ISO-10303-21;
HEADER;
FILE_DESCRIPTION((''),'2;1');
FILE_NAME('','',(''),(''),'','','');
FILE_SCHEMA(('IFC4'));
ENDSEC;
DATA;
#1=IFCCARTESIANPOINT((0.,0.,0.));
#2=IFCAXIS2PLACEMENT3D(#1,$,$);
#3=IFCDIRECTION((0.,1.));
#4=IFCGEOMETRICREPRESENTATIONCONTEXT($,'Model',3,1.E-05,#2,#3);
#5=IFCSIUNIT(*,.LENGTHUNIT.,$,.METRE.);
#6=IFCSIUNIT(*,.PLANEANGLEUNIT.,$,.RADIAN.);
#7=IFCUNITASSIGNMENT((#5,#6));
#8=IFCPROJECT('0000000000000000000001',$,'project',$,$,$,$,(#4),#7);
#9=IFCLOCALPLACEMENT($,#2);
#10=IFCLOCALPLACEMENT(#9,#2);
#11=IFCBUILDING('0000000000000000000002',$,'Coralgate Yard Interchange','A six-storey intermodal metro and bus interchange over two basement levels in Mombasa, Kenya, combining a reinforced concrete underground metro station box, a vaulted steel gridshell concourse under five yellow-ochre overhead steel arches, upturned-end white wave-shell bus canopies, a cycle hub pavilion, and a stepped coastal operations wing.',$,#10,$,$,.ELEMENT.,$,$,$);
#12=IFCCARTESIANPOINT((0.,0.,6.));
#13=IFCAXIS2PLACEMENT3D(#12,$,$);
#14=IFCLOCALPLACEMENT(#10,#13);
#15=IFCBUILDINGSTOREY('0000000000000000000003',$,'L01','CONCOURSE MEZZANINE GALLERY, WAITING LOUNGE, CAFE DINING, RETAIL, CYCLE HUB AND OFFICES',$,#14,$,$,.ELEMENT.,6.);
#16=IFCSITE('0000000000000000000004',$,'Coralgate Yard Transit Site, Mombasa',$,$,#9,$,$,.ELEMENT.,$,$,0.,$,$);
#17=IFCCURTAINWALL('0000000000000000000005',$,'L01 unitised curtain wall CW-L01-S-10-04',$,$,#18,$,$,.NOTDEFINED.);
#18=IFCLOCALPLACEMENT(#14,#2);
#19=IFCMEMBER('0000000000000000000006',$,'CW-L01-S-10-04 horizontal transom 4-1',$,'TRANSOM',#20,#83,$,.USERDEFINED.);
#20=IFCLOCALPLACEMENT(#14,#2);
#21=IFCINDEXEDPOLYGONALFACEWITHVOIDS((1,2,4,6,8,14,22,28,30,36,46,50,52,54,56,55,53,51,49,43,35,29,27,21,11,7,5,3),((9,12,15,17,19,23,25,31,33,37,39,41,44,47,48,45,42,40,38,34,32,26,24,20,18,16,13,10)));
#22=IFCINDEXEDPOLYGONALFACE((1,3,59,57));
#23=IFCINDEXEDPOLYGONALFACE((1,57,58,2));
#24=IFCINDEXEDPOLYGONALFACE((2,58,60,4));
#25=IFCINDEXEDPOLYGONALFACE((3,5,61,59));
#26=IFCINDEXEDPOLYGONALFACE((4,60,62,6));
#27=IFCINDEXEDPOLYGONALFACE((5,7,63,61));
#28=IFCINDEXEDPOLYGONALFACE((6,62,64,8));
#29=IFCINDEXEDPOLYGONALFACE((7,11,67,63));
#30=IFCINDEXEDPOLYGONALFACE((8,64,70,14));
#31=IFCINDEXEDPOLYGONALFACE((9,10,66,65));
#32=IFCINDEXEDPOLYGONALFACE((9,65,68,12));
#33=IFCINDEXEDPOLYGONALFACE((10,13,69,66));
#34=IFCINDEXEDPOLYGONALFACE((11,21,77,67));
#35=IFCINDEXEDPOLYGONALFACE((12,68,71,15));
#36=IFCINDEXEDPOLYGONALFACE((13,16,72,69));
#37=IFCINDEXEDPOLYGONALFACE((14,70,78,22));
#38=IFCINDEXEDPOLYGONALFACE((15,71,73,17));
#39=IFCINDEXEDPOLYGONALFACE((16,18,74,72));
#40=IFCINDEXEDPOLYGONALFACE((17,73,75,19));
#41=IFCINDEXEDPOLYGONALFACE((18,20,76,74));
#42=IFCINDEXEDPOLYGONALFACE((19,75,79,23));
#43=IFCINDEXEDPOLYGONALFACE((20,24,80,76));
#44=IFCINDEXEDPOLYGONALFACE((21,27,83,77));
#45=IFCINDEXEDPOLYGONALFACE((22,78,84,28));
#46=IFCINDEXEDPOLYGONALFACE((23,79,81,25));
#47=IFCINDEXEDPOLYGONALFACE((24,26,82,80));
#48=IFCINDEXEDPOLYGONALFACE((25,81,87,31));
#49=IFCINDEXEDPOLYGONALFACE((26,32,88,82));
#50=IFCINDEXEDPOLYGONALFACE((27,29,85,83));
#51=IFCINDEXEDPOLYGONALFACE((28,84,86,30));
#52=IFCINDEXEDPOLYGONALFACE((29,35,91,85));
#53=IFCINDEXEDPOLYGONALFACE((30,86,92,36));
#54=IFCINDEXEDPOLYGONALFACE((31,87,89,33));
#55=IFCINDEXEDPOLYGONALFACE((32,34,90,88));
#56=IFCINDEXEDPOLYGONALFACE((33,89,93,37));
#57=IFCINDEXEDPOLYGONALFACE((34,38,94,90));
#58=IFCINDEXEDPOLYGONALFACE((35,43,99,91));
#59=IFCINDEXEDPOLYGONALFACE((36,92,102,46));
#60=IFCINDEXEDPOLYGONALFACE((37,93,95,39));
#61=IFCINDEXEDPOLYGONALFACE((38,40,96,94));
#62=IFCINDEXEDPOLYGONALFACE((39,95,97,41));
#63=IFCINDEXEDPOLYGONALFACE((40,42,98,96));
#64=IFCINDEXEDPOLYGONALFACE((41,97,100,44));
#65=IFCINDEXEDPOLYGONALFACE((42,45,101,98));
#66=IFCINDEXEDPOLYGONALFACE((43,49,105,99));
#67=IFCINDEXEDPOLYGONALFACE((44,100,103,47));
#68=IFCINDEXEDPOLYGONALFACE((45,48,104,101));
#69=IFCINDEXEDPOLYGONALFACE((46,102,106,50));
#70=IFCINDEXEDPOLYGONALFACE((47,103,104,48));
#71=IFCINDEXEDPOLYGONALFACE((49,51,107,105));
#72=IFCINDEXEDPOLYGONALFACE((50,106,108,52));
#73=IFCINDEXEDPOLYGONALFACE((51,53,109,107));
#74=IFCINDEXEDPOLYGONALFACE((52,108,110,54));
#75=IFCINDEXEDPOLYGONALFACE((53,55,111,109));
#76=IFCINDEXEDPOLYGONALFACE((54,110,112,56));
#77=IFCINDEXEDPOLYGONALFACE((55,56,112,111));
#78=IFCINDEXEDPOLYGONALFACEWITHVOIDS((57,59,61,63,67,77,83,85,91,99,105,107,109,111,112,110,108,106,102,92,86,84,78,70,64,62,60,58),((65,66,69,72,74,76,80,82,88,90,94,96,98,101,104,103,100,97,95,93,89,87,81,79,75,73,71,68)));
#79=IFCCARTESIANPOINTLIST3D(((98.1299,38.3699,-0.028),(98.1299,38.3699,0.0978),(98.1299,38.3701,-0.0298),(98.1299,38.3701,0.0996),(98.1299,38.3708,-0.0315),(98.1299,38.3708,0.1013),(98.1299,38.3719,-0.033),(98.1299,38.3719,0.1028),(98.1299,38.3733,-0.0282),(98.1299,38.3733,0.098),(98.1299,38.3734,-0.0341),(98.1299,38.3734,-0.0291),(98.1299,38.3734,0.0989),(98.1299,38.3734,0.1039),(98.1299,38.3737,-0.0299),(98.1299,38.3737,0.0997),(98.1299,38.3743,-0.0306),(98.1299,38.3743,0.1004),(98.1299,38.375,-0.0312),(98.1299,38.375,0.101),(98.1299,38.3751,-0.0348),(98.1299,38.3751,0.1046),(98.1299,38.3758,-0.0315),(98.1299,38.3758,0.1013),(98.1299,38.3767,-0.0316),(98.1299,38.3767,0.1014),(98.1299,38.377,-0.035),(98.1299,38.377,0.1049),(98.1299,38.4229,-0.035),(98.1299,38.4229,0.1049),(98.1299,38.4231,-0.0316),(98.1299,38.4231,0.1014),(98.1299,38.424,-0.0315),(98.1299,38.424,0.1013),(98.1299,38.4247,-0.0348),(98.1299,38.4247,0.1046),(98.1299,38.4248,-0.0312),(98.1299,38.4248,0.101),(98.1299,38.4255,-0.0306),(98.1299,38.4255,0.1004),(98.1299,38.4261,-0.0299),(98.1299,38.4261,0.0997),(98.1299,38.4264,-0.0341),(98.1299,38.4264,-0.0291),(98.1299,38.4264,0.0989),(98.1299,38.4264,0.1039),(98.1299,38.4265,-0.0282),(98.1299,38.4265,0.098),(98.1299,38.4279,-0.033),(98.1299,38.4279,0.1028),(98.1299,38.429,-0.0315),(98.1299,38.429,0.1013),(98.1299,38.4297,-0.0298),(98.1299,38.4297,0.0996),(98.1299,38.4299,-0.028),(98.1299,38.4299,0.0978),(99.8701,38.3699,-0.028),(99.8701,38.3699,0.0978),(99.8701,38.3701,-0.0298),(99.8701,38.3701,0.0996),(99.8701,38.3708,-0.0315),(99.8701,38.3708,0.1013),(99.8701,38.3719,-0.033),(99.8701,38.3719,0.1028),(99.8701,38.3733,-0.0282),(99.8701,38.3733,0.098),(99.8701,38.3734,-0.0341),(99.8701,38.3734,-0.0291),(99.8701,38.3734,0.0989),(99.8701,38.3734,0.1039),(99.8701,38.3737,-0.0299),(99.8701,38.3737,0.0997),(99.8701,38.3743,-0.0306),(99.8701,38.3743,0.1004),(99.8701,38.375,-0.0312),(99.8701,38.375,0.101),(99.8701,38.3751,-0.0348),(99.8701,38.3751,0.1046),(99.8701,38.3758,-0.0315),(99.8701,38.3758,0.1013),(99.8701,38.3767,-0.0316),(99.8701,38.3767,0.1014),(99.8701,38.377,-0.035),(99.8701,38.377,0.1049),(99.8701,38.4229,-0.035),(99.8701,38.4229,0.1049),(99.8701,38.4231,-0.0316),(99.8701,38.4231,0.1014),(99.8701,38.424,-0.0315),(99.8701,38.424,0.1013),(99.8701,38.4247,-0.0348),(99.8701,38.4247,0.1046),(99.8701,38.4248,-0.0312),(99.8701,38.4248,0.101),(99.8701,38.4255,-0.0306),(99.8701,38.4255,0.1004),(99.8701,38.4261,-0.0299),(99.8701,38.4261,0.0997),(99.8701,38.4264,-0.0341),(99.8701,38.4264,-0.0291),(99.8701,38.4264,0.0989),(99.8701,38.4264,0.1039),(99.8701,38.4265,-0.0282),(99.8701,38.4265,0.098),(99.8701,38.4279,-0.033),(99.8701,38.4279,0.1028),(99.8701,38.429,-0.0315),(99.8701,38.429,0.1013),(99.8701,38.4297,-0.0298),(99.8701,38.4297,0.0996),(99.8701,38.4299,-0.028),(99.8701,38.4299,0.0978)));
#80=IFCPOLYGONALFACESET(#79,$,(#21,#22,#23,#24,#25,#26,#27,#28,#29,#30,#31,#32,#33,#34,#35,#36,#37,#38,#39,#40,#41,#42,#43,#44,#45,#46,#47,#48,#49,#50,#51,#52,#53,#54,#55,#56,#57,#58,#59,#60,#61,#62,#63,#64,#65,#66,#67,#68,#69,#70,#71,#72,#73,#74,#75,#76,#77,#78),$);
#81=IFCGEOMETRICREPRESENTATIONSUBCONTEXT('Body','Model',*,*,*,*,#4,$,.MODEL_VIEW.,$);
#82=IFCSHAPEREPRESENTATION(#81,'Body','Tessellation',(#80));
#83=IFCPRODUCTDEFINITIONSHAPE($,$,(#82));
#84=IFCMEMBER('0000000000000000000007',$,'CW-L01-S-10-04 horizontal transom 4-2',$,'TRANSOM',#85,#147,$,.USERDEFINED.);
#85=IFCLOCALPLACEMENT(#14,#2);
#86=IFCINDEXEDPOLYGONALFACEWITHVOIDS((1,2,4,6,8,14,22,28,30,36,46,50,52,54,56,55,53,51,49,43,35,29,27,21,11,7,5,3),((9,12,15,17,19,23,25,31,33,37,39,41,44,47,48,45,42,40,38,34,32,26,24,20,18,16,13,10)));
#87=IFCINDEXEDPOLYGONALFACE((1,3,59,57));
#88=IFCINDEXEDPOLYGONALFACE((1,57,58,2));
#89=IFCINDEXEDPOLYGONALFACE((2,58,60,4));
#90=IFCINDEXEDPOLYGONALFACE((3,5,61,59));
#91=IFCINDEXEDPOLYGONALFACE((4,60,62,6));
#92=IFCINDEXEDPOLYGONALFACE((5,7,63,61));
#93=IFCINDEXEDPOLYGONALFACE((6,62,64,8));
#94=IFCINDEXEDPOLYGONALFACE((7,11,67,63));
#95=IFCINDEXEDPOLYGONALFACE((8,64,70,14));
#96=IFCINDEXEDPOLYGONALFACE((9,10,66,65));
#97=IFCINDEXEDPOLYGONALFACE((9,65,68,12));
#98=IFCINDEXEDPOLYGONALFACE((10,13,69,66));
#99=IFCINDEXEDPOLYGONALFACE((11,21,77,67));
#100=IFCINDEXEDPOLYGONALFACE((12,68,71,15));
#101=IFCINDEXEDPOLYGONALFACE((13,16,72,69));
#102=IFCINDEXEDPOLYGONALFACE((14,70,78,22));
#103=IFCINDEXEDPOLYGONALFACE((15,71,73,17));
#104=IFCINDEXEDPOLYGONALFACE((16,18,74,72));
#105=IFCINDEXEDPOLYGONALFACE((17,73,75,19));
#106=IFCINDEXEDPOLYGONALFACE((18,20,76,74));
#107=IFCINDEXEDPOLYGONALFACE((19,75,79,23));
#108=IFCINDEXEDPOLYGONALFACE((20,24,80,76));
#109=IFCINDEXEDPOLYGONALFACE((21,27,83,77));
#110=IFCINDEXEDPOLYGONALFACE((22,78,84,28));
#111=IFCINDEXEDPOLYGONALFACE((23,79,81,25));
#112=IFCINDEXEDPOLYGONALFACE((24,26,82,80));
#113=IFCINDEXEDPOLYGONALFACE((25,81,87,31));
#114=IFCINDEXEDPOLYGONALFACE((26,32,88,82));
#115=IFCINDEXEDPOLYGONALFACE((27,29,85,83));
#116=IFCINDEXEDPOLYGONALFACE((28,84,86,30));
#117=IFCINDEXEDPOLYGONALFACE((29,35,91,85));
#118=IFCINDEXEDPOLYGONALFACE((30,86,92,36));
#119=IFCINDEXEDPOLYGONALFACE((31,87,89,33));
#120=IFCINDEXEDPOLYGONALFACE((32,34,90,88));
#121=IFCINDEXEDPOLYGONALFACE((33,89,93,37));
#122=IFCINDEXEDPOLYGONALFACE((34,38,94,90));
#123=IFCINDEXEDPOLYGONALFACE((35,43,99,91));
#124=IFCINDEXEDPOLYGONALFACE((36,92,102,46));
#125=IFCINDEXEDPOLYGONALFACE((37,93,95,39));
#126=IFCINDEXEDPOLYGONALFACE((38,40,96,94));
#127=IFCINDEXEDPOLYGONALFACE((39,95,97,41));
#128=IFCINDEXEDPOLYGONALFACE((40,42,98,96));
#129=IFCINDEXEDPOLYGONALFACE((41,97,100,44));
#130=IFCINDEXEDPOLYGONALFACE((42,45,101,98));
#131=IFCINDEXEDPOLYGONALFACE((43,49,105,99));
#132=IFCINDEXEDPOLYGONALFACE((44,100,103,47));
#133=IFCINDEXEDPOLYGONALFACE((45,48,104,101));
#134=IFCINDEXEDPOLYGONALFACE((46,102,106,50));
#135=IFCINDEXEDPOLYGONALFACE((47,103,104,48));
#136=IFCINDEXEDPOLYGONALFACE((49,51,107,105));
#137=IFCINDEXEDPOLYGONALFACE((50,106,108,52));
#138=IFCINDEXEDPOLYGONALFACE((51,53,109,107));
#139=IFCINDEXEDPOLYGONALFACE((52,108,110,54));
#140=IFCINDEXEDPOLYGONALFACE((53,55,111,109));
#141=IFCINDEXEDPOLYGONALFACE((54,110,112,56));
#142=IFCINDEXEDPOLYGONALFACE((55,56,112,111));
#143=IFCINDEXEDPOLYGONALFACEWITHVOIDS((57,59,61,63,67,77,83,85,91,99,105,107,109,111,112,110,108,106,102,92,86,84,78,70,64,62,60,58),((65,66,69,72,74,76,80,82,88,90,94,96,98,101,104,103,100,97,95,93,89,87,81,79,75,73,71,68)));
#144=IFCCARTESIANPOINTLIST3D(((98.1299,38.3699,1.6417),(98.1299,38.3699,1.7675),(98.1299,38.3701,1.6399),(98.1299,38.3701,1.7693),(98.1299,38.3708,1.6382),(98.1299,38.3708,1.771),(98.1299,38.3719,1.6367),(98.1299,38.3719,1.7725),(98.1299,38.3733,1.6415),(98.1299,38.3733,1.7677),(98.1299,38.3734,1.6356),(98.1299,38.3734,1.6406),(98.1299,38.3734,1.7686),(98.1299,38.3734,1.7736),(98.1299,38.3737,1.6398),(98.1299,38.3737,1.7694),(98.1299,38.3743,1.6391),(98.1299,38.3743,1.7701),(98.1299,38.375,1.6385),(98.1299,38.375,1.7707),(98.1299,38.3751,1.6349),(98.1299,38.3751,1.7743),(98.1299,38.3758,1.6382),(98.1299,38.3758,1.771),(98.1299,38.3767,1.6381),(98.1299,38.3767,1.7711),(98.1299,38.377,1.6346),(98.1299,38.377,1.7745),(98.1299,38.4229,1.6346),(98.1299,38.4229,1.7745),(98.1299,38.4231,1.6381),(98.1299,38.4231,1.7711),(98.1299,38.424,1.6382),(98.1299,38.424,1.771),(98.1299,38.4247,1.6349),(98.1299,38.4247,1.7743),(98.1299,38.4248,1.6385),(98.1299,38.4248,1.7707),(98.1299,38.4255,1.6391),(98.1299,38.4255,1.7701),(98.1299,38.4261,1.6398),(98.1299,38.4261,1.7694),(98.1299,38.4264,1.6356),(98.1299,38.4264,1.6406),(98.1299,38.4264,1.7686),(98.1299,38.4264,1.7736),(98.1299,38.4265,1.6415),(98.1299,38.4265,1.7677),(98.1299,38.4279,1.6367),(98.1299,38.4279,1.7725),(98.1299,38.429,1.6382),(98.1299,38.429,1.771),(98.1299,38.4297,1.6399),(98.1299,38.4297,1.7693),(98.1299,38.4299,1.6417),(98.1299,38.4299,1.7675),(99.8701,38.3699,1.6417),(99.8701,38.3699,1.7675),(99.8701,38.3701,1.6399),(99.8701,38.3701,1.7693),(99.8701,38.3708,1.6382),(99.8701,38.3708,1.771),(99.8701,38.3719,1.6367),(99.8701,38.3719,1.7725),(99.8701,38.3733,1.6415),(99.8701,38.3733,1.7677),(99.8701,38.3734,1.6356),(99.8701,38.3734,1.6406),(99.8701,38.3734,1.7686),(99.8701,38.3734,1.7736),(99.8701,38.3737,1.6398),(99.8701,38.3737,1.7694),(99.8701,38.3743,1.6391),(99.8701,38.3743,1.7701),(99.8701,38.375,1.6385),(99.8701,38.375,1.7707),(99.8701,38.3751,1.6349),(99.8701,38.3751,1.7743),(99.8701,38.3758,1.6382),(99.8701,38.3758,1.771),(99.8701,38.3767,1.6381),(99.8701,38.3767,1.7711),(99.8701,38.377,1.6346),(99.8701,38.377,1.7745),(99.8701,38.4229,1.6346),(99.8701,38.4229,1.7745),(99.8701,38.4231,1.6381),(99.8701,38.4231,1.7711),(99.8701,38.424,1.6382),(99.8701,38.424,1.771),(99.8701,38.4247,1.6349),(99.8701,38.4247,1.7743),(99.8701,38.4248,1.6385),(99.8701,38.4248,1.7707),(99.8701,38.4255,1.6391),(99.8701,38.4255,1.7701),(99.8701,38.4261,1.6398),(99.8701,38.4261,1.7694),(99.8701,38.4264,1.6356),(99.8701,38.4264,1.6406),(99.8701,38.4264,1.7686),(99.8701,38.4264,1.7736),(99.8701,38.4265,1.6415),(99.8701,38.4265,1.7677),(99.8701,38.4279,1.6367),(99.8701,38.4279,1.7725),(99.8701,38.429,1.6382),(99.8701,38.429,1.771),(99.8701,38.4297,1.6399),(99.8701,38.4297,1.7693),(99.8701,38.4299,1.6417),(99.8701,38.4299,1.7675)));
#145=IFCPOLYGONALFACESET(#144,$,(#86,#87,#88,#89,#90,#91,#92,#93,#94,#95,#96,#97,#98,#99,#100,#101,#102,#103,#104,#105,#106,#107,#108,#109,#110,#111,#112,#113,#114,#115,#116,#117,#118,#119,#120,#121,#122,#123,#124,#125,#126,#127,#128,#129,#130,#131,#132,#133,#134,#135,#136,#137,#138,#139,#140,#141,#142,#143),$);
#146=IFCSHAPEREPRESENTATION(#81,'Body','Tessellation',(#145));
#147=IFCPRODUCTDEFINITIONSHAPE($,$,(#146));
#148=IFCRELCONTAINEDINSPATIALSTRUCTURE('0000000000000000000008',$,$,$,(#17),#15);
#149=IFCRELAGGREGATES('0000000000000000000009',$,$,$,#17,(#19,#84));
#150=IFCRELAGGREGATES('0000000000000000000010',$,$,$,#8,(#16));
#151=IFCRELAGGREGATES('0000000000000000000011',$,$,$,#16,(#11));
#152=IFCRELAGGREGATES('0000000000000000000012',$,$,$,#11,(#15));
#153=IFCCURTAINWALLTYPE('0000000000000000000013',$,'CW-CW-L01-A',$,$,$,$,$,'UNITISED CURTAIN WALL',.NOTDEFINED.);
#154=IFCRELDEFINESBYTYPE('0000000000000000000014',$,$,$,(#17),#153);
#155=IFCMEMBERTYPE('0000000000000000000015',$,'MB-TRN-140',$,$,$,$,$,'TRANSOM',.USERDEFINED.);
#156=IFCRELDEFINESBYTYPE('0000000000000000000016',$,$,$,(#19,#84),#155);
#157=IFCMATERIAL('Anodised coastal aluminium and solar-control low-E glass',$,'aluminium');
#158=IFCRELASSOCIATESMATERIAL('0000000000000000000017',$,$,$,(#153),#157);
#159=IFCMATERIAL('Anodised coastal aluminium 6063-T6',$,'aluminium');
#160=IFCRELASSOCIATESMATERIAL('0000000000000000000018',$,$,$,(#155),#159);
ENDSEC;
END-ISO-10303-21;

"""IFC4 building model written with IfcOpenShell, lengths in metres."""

from ifc_helpers import new_model, si_unit, direction, frame, origin, origin_2d, place, context, subcontext, project, spatial, hollow_rectangle, extrude, material, material_profile, profile_set, type_object, element, aggregate, save


model = new_model("IFC4")

# Units and contexts
model_context = context("Model", 3, precision=1e-05, world=origin(), true_north=direction((0.0, 1.0)))
body_context = subcontext(model_context, "Body", "Model", "MODEL_VIEW")
ifc_project = project(units=[si_unit("LENGTHUNIT", "METRE"), si_unit("PLANEANGLEUNIT", "RADIAN")], contexts=[model_context])

# Site, building, storey
site_placement = place(None, origin())
site = spatial("IfcSite", under=ifc_project, at=site_placement, Name="Coralgate Yard Transit Site, Mombasa", CompositionType="ELEMENT", RefElevation=0.0)
building_placement = place(site_placement, origin())
building = spatial("IfcBuilding", under=site, at=building_placement, Name="Coralgate Yard Interchange", Description="A six-storey intermodal metro and bus interchange over two basement levels in Mombasa, Kenya, combining a reinforced concrete underground metro station box, a vaulted steel gridshell concourse under five yellow-ochre overhead steel arches, upturned-end white wave-shell bus canopies, a cycle hub pavilion, and a stepped coastal operations wing.", CompositionType="ELEMENT")
storey_placement = place(building_placement, frame((0.0, 0.0, 6.0)))
storey = spatial("IfcBuildingStorey", under=building, at=storey_placement, Name="L01", Description="CONCOURSE MEZZANINE GALLERY, WAITING LOUNGE, CAFE DINING, RETAIL, CYCLE HUB AND OFFICES", CompositionType="ELEMENT", Elevation=6.0)

# Curtain wall
ifc_material_1 = material(Name="Anodised coastal aluminium and solar-control low-E glass", Category="aluminium")
curtain_wall_type_1 = type_object("IfcCurtainWallType", Name="CW-CW-L01-A", ElementType="UNITISED CURTAIN WALL", PredefinedType="NOTDEFINED", material=ifc_material_1)
curtain_wall_1_placement = place(storey_placement, origin())
curtain_wall_1 = element("IfcCurtainWall", 1, at=curtain_wall_1_placement, inside=storey, type_object=curtain_wall_type_1, Name="L01 unitised curtain wall CW-L01-S-10-04", PredefinedType="NOTDEFINED")
ifc_material_2 = material(Name="Anodised coastal aluminium 6063-T6", Category="aluminium")

# Members
ifc_material_profile_1 = material_profile(ifc_material_2, hollow_rectangle(XDim=0.0601, YDim=0.1399, WallThickness=0.0034, InnerFilletRadius=0.0034, OuterFilletRadius=0.0071, at=origin_2d()), Name="ALU 60x140x3.5")
ifc_profile_set_1 = profile_set([ifc_material_profile_1], Name="Anodised coastal aluminium 6063-T6")
member_type_1 = type_object("IfcMemberType", Name="MB-TRN-140", ElementType="TRANSOM", PredefinedType="USERDEFINED", material=ifc_profile_set_1)
member_1_placement = place(storey_placement, frame((99.8701, 38.3999, 0.0349), z_axis=(-1.0, 0.0, 0.0), x_axis=(0.0, -1.0, 0.0)))
member_1 = element("IfcMember", 2, at=member_1_placement, type_object=member_type_1, Name="CW-L01-S-10-04 horizontal transom 4-1", ObjectType="TRANSOM", PredefinedType="USERDEFINED", context=body_context, shape_type="SweptSolid", body=[
    extrude(hollow_rectangle(XDim=0.0601, YDim=0.1399, WallThickness=0.0034, InnerFilletRadius=0.0034, OuterFilletRadius=0.0071, at=origin_2d()), origin(), (0.0, 0.0, 1.0), 1.7402),
])
member_2_placement = place(storey_placement, frame((99.8701, 38.3999, 1.7046), z_axis=(-1.0, 0.0, 0.0), x_axis=(0.0, -1.0, 0.0)))
member_2 = element("IfcMember", 3, at=member_2_placement, type_object=member_type_1, Name="CW-L01-S-10-04 horizontal transom 4-2", ObjectType="TRANSOM", PredefinedType="USERDEFINED", context=body_context, shape_type="SweptSolid", body=[
    extrude(hollow_rectangle(XDim=0.0601, YDim=0.1399, WallThickness=0.0034, InnerFilletRadius=0.0034, OuterFilletRadius=0.0071, at=origin_2d()), origin(), (0.0, 0.0, 1.0), 1.7402),
])

aggregate(curtain_wall_1, [member_1, member_2])

save(model, "model.ifc")
